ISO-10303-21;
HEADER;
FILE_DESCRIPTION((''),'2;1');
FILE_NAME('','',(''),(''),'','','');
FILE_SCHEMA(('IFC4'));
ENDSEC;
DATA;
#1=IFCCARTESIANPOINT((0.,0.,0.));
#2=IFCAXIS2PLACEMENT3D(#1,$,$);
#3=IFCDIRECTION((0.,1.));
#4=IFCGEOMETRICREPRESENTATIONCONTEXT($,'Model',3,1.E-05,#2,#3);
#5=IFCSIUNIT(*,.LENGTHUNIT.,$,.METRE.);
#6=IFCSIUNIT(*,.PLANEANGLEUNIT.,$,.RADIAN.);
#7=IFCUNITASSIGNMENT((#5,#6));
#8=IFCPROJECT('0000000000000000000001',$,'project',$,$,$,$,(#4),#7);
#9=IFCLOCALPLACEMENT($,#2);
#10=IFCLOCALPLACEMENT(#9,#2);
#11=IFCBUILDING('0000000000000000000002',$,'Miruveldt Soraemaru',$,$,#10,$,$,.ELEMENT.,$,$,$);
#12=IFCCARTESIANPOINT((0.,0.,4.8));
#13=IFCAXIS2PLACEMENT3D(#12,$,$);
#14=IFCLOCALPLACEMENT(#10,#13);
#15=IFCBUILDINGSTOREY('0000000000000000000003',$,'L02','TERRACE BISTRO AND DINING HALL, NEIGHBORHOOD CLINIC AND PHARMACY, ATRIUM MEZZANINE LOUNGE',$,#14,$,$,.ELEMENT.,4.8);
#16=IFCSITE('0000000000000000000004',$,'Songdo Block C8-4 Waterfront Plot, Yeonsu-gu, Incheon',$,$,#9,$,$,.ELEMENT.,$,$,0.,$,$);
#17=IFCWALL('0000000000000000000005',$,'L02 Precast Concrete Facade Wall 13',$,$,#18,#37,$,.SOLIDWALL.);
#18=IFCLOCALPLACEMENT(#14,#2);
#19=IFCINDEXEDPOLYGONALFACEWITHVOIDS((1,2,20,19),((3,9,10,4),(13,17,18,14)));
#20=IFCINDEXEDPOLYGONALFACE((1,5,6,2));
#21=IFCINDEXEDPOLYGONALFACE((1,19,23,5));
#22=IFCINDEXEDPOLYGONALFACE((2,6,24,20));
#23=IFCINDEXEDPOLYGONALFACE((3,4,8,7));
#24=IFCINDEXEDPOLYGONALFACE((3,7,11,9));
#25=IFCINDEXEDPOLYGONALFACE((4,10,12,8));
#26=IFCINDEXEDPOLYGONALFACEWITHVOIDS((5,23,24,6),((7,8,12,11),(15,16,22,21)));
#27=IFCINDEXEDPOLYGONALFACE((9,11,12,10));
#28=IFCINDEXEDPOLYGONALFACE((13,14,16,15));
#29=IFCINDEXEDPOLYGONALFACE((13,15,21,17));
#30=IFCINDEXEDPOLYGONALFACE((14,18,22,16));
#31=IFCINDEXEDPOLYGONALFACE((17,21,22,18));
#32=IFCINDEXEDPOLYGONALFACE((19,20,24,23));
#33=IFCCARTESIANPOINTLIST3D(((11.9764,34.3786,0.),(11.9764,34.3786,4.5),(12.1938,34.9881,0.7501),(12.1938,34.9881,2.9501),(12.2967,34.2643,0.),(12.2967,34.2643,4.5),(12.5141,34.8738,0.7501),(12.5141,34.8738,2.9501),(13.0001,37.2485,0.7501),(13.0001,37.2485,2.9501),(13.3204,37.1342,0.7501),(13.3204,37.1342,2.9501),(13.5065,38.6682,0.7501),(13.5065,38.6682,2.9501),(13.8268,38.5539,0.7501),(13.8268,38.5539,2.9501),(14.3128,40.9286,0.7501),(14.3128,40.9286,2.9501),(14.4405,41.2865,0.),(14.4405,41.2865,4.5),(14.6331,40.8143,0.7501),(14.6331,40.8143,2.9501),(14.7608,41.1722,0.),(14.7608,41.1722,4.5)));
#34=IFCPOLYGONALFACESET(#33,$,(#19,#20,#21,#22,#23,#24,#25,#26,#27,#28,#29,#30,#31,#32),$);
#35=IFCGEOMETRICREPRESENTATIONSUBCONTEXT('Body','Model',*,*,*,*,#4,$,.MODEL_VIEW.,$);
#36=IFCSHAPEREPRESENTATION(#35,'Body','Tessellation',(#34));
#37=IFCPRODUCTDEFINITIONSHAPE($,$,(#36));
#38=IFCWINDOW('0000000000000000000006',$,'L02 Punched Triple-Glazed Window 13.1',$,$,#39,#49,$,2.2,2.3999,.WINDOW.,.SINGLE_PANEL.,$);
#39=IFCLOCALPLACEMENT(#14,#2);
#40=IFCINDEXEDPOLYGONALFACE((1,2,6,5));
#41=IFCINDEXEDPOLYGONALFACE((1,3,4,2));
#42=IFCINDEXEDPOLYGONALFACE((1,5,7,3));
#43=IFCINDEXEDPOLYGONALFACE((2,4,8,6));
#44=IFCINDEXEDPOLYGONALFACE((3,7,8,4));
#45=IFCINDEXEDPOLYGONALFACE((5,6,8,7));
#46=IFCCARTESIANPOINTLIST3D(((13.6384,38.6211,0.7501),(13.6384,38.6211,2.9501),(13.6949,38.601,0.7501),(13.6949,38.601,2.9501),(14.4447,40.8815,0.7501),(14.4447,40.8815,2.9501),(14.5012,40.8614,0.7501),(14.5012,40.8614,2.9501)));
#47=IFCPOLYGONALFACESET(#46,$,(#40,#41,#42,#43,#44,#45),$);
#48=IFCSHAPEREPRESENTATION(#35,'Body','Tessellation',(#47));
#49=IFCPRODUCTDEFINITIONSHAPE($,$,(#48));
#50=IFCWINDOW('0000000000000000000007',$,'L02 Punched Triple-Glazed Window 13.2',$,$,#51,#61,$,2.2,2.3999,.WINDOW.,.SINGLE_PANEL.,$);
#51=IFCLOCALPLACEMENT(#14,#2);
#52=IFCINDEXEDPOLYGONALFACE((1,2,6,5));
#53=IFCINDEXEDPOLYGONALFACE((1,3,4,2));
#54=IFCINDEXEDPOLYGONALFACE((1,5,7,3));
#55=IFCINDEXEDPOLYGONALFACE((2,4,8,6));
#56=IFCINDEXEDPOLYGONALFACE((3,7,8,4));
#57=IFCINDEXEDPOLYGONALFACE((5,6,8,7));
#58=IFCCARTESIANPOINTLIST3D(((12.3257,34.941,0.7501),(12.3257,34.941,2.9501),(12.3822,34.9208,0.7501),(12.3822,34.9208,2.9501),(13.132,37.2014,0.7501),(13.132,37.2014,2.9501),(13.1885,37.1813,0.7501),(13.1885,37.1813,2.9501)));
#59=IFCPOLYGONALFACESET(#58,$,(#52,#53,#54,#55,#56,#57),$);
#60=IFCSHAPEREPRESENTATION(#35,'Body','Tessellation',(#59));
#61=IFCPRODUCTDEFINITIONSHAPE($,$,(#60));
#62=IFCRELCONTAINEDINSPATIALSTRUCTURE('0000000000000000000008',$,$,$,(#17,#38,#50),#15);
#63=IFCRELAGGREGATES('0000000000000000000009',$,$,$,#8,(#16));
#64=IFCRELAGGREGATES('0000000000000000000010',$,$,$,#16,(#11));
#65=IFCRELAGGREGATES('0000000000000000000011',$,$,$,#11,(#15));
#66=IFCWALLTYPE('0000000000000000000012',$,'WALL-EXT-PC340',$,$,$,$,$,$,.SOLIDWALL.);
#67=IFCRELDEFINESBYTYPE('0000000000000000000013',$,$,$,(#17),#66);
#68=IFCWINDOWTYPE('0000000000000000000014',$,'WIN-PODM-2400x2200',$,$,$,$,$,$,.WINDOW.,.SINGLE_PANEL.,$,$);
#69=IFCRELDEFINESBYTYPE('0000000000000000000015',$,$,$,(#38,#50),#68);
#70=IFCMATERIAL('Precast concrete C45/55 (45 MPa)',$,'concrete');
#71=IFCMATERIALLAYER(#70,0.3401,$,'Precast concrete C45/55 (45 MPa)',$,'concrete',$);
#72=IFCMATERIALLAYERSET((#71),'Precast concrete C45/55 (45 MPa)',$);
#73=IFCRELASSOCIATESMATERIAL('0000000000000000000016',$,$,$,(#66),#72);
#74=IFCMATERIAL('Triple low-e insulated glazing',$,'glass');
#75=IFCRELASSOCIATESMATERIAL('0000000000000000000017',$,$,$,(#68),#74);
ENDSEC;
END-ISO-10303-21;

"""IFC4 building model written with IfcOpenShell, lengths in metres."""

from ifc_helpers import new_model, si_unit, direction, frame, frame_2d, origin, place, context, subcontext, project, spatial, rectangle, extrude, material, layer, layer_set, type_object, element, fill, save


model = new_model("IFC4")

# Units and contexts
model_context = context("Model", 3, precision=1e-05, world=origin(), true_north=direction((0.0, 1.0)))
body_context = subcontext(model_context, "Body", "Model", "MODEL_VIEW")
ifc_project = project(units=[si_unit("LENGTHUNIT", "METRE"), si_unit("PLANEANGLEUNIT", "RADIAN")], contexts=[model_context])

# Site, building, storey
site_placement = place(None, origin())
site = spatial("IfcSite", under=ifc_project, at=site_placement, Name="Songdo Block C8-4 Waterfront Plot, Yeonsu-gu, Incheon", CompositionType="ELEMENT", RefElevation=0.0)
building_placement = place(site_placement, origin())
building = spatial("IfcBuilding", under=site, at=building_placement, Name="Miruveldt Soraemaru", CompositionType="ELEMENT")
storey_placement = place(building_placement, frame((0.0, 0.0, 4.8)))
storey = spatial("IfcBuildingStorey", under=building, at=storey_placement, Name="L02", Description="TERRACE BISTRO AND DINING HALL, NEIGHBORHOOD CLINIC AND PHARMACY, ATRIUM MEZZANINE LOUNGE", CompositionType="ELEMENT", Elevation=4.8)

# Shared definitions
ifc_material_1 = material(Name="Triple low-e insulated glazing", Category="glass")

# Shared definitions
ifc_material_2 = material(Name="Precast concrete C45/55 (45 MPa)", Category="concrete")
ifc_layer_1 = layer(ifc_material_2, 0.3401, Name="Precast concrete C45/55 (45 MPa)", Category="concrete")
ifc_layer_set_1 = layer_set([ifc_layer_1], Name="Precast concrete C45/55 (45 MPa)")
wall_type = type_object("IfcWallType", Name="WALL-EXT-PC340", PredefinedType="SOLIDWALL", material=ifc_layer_set_1)

# Shared definitions
window_type = type_object("IfcWindowType", Name="WIN-PODM-2400x2200", PartitioningType="SINGLE_PANEL", PredefinedType="WINDOW", material=ifc_material_1)

# Wall, openings, windows
wall_1_placement = place(storey_placement, frame((14.6006, 41.2292, 0.0), z_axis=(0.0, 0.0, 1.0), x_axis=(-0.335972, -0.941872, 0.0)))
wall_1 = element("IfcWall", 1, at=wall_1_placement, inside=storey, type_object=wall_type, Name="L02 Precast Concrete Facade Wall 13", PredefinedType="SOLIDWALL", context=body_context, shape_type="SweptSolid", body=[
    extrude(rectangle(XDim=7.3342, YDim=0.3401, at=frame_2d((3.667, 0.0))), origin(), (0.0, 0.0, 1.0), 4.5),
])
opening_1_placement = place(wall_1_placement, frame((0.3799, 0.0, 0.75)))
opening_1 = element("IfcOpeningElement", 2, at=opening_1_placement, cuts=wall_1, PredefinedType="OPENING", context=body_context, shape_type="SweptSolid", body=[
    extrude(rectangle(XDim=2.3999, YDim=2.2, at=frame_2d((1.2, 1.1001))), frame((0.0, 0.1802, 0.0), z_axis=(0.0, -1.0, 0.0), x_axis=(1.0, 0.0, 0.0)), (0.0, 0.0, 1.0), 0.3601),
])
opening_2_placement = place(wall_1_placement, frame((4.2871, 0.0, 0.75)))
opening_2 = element("IfcOpeningElement", 3, at=opening_2_placement, cuts=wall_1, PredefinedType="OPENING", context=body_context, shape_type="SweptSolid", body=[
    extrude(rectangle(XDim=2.3999, YDim=2.2, at=frame_2d((1.2, 1.1001))), frame((0.0, 0.1802, 0.0), z_axis=(0.0, -1.0, 0.0), x_axis=(1.0, 0.0, 0.0)), (0.0, 0.0, 1.0), 0.3601),
])
window_1_placement = place(opening_1_placement, origin())
window_1 = element("IfcWindow", 4, at=window_1_placement, inside=storey, type_object=window_type, Name="L02 Punched Triple-Glazed Window 13.1", OverallHeight=2.2, OverallWidth=2.3999, PartitioningType="SINGLE_PANEL", PredefinedType="WINDOW", context=body_context, shape_type="SweptSolid", body=[
    extrude(rectangle(XDim=2.3999, YDim=2.2, at=frame_2d((1.2, 1.1001))), frame((0.0, 0.03, 0.0), z_axis=(0.0, -1.0, 0.0), x_axis=(1.0, 0.0, 0.0)), (0.0, 0.0, 1.0), 0.0601),
])
fill(opening_1, window_1)
window_2_placement = place(opening_2_placement, origin())
window_2 = element("IfcWindow", 5, at=window_2_placement, inside=storey, type_object=window_type, Name="L02 Punched Triple-Glazed Window 13.2", OverallHeight=2.2, OverallWidth=2.3999, PartitioningType="SINGLE_PANEL", PredefinedType="WINDOW", context=body_context, shape_type="SweptSolid", body=[
    extrude(rectangle(XDim=2.3999, YDim=2.2, at=frame_2d((1.2, 1.1001))), frame((0.0, 0.03, 0.0), z_axis=(0.0, -1.0, 0.0), x_axis=(1.0, 0.0, 0.0)), (0.0, 0.0, 1.0), 0.0601),
])
fill(opening_2, window_2)

save(model, "model.ifc")
